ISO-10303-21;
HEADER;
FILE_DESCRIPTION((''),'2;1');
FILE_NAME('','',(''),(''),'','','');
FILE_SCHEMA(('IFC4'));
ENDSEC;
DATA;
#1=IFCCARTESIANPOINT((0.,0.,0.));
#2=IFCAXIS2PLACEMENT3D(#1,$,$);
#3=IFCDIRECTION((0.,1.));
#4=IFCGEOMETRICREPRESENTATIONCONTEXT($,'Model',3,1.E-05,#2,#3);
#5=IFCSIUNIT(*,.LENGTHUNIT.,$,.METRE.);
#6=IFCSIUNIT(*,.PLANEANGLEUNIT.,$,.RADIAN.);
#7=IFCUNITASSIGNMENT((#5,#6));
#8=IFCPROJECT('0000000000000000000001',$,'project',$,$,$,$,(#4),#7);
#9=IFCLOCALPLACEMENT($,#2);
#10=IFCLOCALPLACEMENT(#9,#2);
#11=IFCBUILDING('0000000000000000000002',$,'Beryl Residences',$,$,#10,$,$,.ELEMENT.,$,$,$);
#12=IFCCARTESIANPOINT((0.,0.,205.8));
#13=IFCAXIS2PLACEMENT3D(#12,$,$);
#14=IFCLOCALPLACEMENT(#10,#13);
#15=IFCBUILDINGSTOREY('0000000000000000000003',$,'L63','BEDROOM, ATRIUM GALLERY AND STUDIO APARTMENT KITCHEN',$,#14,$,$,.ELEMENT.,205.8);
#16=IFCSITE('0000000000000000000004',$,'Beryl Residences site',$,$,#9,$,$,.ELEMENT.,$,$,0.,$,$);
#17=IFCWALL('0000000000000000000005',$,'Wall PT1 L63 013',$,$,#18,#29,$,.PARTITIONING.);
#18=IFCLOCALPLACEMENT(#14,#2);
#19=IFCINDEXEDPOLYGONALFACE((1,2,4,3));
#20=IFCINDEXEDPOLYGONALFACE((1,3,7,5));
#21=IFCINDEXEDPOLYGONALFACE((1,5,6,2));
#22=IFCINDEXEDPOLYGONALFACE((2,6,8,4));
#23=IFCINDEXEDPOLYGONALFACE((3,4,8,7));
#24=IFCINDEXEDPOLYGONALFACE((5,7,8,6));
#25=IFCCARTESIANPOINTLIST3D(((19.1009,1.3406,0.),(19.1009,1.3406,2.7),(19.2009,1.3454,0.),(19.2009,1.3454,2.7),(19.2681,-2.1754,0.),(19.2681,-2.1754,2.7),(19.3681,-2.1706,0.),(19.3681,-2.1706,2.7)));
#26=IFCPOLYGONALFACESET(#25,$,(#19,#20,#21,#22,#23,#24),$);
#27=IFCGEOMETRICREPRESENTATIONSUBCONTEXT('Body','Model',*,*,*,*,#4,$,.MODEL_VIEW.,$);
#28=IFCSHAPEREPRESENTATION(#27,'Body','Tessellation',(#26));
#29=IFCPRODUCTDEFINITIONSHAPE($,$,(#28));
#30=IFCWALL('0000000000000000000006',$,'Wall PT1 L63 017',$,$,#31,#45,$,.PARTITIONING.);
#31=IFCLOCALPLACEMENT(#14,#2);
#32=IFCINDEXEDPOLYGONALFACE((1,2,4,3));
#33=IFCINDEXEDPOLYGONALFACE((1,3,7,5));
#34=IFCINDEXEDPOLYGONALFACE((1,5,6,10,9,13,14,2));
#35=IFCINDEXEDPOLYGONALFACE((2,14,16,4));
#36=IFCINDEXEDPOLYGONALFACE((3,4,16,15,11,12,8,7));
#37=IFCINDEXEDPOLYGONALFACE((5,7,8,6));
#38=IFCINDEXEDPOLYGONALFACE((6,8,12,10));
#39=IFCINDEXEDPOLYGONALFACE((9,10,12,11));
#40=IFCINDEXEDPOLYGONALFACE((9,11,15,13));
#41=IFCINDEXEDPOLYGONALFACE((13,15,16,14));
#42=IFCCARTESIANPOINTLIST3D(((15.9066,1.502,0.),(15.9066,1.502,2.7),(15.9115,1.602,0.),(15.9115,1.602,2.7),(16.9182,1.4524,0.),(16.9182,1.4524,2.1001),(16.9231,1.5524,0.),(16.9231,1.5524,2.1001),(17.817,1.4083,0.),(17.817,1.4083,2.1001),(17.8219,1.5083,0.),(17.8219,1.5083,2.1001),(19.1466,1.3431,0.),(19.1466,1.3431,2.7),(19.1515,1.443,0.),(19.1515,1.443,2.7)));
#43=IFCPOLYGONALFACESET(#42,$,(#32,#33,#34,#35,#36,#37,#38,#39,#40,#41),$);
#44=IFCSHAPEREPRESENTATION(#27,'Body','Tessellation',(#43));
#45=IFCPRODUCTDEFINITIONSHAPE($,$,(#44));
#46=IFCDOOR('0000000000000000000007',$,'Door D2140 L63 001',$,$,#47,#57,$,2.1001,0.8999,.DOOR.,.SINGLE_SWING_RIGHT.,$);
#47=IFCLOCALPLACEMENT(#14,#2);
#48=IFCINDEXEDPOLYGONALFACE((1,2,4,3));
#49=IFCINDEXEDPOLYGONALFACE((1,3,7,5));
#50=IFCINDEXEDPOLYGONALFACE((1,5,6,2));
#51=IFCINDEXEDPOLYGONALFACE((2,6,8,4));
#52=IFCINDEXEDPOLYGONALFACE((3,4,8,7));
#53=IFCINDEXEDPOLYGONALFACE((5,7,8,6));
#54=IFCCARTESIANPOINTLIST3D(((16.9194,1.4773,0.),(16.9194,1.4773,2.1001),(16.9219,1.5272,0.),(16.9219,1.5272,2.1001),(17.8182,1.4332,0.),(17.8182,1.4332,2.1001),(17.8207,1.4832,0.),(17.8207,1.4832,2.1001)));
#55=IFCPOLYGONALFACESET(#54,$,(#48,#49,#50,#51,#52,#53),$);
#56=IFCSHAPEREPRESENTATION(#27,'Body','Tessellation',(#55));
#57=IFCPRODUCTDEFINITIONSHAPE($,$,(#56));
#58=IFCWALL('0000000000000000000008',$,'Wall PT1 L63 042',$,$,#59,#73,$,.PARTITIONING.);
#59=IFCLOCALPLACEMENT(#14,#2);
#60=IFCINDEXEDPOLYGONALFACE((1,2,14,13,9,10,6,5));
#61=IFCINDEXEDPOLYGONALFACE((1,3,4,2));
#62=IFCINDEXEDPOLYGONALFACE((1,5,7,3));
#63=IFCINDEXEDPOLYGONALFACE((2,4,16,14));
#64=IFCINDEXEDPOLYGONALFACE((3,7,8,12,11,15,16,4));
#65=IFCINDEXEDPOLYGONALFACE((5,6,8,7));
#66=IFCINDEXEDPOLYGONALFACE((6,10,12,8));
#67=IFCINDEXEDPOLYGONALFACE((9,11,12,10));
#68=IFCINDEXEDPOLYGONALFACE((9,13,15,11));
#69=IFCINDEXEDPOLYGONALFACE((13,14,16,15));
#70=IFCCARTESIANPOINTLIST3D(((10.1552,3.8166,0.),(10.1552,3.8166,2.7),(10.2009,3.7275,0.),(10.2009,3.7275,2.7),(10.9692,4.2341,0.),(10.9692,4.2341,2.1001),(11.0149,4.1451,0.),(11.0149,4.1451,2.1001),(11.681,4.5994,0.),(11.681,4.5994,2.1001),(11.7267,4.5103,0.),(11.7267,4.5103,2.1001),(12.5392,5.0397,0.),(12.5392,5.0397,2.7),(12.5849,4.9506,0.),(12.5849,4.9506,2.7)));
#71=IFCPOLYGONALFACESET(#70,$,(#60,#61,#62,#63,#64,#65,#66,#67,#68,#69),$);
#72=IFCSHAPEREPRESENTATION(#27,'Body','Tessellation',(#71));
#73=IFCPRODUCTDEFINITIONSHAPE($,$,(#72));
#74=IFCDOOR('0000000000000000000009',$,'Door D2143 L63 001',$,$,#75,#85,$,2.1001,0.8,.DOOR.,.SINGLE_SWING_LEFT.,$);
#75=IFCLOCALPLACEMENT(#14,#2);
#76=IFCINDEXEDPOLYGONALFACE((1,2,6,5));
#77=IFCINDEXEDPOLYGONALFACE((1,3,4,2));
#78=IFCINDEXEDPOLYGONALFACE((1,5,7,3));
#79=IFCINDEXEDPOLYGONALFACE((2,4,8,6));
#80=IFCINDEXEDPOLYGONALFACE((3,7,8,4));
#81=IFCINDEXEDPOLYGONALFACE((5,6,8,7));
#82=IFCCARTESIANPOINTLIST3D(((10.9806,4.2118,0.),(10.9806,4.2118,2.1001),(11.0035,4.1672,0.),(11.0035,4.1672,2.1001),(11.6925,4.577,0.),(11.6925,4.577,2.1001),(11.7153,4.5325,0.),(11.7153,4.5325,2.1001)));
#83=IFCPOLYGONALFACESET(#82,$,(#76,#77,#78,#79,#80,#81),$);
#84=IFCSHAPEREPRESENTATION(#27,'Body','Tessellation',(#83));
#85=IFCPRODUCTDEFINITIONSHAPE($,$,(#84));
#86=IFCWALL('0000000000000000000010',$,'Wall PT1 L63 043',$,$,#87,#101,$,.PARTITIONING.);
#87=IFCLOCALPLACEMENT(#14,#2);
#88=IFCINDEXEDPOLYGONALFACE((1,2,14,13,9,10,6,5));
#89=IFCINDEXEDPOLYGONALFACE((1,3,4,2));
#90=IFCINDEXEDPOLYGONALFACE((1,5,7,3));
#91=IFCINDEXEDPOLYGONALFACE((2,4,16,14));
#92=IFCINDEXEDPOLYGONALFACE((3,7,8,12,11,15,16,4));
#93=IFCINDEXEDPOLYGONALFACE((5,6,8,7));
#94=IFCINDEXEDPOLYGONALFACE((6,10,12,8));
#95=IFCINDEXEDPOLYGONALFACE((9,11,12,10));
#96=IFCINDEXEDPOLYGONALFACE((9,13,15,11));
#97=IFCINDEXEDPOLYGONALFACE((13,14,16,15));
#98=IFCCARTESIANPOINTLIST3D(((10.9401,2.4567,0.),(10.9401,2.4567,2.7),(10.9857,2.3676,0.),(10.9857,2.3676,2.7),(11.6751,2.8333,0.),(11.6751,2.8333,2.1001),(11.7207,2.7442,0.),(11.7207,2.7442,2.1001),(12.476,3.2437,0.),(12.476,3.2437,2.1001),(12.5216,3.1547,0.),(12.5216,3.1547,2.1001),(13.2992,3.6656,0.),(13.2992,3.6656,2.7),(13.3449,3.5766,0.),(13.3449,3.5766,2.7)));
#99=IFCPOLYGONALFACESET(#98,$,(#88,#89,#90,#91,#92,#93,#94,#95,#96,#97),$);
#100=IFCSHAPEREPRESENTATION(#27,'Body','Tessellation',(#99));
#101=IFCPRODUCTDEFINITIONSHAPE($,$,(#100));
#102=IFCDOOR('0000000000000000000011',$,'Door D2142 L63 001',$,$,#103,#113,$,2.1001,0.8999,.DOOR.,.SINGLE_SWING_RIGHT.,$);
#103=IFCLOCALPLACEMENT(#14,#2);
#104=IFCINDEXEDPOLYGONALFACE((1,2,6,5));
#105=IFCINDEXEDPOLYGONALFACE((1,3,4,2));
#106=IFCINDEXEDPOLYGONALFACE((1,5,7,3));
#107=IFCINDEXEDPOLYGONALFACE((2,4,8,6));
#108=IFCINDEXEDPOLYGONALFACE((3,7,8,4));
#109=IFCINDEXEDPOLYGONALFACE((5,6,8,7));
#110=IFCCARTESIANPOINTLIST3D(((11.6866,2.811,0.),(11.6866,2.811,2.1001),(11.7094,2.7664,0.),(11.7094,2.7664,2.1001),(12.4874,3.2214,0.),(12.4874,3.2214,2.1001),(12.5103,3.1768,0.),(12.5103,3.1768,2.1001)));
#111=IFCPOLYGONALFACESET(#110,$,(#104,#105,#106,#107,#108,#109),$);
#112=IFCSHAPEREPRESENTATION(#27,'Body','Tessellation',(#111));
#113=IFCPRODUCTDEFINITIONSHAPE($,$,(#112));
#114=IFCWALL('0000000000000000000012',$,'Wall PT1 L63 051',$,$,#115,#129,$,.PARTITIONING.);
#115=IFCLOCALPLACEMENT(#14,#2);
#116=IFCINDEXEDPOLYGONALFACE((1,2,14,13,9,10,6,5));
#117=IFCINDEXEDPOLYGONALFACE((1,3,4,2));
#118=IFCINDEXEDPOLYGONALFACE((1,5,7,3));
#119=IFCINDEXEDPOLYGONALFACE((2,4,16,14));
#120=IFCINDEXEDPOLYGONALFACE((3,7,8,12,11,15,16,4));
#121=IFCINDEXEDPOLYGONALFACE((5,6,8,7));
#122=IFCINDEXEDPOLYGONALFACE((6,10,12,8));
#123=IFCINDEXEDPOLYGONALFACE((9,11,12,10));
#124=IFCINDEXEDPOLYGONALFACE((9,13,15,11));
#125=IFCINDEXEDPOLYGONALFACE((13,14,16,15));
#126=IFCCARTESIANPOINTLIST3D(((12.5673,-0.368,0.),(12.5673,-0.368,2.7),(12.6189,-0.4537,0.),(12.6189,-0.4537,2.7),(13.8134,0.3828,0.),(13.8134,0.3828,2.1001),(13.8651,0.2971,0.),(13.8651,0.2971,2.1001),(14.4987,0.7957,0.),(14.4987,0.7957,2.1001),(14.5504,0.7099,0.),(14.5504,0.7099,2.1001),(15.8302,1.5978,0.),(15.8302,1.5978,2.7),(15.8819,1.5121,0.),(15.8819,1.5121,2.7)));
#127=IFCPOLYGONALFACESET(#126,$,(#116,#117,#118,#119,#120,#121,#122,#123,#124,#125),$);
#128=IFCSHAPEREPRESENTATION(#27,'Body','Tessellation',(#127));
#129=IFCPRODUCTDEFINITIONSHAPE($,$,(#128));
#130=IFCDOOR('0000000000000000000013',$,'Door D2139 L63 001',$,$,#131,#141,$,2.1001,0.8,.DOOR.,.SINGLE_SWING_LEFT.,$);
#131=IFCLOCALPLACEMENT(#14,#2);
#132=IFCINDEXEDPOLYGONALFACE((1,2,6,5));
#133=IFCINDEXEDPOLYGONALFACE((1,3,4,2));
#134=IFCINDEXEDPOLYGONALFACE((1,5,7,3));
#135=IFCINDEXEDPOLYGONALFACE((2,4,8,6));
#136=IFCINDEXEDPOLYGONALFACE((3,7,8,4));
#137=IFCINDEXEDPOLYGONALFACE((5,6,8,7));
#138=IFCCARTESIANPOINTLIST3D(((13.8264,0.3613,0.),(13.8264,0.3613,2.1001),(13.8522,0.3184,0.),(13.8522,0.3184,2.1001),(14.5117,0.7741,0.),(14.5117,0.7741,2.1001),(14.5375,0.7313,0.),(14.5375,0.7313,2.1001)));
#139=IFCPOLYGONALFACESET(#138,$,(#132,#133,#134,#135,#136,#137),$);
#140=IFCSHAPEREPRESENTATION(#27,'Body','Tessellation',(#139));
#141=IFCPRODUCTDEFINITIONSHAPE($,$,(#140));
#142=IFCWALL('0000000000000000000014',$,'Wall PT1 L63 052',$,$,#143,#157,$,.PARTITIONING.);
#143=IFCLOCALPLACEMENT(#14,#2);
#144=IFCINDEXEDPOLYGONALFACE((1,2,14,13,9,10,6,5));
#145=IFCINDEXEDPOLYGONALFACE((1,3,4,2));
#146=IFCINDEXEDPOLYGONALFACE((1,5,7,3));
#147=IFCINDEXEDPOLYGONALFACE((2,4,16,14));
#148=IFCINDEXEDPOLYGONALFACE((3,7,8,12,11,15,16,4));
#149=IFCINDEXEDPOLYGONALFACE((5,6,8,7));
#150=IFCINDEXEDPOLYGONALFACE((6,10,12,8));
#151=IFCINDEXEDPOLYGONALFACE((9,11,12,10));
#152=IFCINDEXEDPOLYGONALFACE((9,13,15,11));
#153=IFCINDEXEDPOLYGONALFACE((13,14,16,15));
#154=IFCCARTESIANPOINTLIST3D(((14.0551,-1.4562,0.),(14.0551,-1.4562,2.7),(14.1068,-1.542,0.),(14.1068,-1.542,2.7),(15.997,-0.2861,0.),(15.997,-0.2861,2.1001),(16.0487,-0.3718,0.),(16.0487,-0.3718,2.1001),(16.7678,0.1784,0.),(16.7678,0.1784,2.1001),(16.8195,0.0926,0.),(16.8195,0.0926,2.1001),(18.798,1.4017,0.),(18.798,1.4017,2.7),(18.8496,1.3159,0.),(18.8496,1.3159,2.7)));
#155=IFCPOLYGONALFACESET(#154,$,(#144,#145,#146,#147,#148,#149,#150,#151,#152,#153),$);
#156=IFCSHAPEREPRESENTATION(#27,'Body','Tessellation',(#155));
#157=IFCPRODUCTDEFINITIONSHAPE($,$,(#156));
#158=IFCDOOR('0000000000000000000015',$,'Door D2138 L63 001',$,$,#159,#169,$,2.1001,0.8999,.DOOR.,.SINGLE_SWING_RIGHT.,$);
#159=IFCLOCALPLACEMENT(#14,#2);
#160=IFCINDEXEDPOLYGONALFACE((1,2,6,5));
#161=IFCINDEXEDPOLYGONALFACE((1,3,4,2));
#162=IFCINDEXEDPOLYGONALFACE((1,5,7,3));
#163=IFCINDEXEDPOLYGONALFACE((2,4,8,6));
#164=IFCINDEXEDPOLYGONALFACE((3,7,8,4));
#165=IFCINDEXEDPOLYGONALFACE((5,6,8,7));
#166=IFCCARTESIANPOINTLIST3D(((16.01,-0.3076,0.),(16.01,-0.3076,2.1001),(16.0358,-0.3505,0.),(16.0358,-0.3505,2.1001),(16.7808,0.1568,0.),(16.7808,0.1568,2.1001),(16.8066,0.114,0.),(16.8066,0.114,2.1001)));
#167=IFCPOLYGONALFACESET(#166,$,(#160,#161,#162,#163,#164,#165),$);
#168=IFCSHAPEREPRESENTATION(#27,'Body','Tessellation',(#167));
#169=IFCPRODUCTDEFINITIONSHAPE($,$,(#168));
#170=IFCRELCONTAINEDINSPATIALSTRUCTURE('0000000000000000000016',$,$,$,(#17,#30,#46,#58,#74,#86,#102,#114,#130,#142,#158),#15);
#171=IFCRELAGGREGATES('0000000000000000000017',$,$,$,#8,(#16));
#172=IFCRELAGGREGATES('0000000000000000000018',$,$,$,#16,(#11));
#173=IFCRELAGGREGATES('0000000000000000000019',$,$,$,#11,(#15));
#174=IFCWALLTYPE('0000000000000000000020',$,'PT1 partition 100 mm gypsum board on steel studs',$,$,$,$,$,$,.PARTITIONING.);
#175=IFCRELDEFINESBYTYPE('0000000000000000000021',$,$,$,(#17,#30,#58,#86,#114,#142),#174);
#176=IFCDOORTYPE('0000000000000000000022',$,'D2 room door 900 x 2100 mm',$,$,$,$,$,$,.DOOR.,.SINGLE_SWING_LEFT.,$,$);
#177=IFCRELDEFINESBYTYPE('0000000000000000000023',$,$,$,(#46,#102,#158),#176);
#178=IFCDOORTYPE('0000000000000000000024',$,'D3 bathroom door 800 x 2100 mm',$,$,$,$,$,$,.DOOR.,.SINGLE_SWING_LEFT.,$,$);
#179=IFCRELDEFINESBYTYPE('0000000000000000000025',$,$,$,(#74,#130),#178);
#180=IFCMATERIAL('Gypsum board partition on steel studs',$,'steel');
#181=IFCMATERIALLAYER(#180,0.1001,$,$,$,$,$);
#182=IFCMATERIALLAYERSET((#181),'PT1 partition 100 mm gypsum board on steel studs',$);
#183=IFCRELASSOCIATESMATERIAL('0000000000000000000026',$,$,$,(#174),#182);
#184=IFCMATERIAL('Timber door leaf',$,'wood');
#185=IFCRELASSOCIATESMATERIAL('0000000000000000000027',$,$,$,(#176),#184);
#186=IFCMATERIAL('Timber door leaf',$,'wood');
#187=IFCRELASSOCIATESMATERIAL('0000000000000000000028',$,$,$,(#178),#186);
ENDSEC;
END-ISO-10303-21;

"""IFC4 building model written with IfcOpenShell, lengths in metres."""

from ifc_helpers import new_model, si_unit, direction, frame, frame_2d, origin, place, context, subcontext, project, spatial, rectangle, extrude, material, layer, layer_set, type_object, element, fill, save


model = new_model("IFC4")

# Units and contexts
model_context = context("Model", 3, precision=1e-05, world=origin(), true_north=direction((0.0, 1.0)))
body_context = subcontext(model_context, "Body", "Model", "MODEL_VIEW")
ifc_project = project(units=[si_unit("LENGTHUNIT", "METRE"), si_unit("PLANEANGLEUNIT", "RADIAN")], contexts=[model_context])

# Site, building, storey
site_placement = place(None, origin())
site = spatial("IfcSite", under=ifc_project, at=site_placement, Name="Beryl Residences site", CompositionType="ELEMENT", RefElevation=0.0)
building_placement = place(site_placement, origin())
building = spatial("IfcBuilding", under=site, at=building_placement, Name="Beryl Residences", CompositionType="ELEMENT")
storey_placement = place(building_placement, frame((0.0, 0.0, 205.8)))
storey = spatial("IfcBuildingStorey", under=building, at=storey_placement, Name="L63", Description="BEDROOM, ATRIUM GALLERY AND STUDIO APARTMENT KITCHEN", CompositionType="ELEMENT", Elevation=205.8)

# Wall
ifc_material_1 = material(Name="Gypsum board partition on steel studs", Category="steel")
ifc_layer_1 = layer(ifc_material_1, 0.1001)
ifc_layer_set_1 = layer_set([ifc_layer_1], Name="PT1 partition 100 mm gypsum board on steel studs")
wall_type_1 = type_object("IfcWallType", Name="PT1 partition 100 mm gypsum board on steel studs", PredefinedType="PARTITIONING", material=ifc_layer_set_1)
wall_1_placement = place(storey_placement, frame((19.1509, 1.343, 0.0), z_axis=(0.0, 0.0, 1.0), x_axis=(0.047509, -0.998871, 0.0)))
element("IfcWall", 1, at=wall_1_placement, inside=storey, type_object=wall_type_1, Name="Wall PT1 L63 013", PredefinedType="PARTITIONING", context=body_context, shape_type="SweptSolid", body=[
    extrude(rectangle(XDim=3.52, YDim=0.1001, at=frame_2d((1.76, 0.0))), origin(), (0.0, 0.0, 1.0), 2.7),
])

# Walls, openings, doors
wall_2_placement = place(storey_placement, frame((15.9089, 1.552, 0.0), z_axis=(0.0, 0.0, 1.0), x_axis=(0.998799, -0.048995, 0.0)))
wall_2 = element("IfcWall", 2, at=wall_2_placement, inside=storey, type_object=wall_type_1, Name="Wall PT1 L63 017", PredefinedType="PARTITIONING", context=body_context, shape_type="SweptSolid", body=[
    extrude(rectangle(XDim=3.2439, YDim=0.1001, at=frame_2d((1.6221, 0.0))), origin(), (0.0, 0.0, 1.0), 2.7),
])
opening_1_placement = place(wall_2_placement, frame((1.0129, 0.0, 0.0)))
opening_1 = element("IfcOpeningElement", 3, at=opening_1_placement, cuts=wall_2, PredefinedType="OPENING", context=body_context, shape_type="SweptSolid", body=[
    extrude(rectangle(XDim=0.8999, YDim=2.1001, at=frame_2d((0.45, 1.05))), frame((0.0, 0.0601, 0.0), z_axis=(0.0, -1.0, 0.0), x_axis=(1.0, 0.0, 0.0)), (0.0, 0.0, 1.0), 0.1201),
])
ifc_material_2 = material(Name="Timber door leaf", Category="wood")
door_type_1 = type_object("IfcDoorType", Name="D2 room door 900 x 2100 mm", OperationType="SINGLE_SWING_LEFT", PredefinedType="DOOR", material=ifc_material_2)
door_1_placement = place(opening_1_placement, origin())
door_1 = element("IfcDoor", 4, at=door_1_placement, inside=storey, type_object=door_type_1, Name="Door D2140 L63 001", OperationType="SINGLE_SWING_RIGHT", OverallHeight=2.1001, OverallWidth=0.8999, PredefinedType="DOOR", context=body_context, shape_type="SweptSolid", body=[
    extrude(rectangle(XDim=0.8999, YDim=2.1001, at=frame_2d((0.45, 1.05))), frame((0.0, 0.0249, 0.0), z_axis=(0.0, -1.0, 0.0), x_axis=(1.0, 0.0, 0.0)), (0.0, 0.0, 1.0), 0.05),
])
fill(opening_1, door_1)
wall_3_placement = place(storey_placement, frame((10.178, 3.772, 0.0), z_axis=(0.0, 0.0, 1.0), x_axis=(0.889732, 0.456483, 0.0)))
wall_3 = element("IfcWall", 5, at=wall_3_placement, inside=storey, type_object=wall_type_1, Name="Wall PT1 L63 042", PredefinedType="PARTITIONING", context=body_context, shape_type="SweptSolid", body=[
    extrude(rectangle(XDim=2.6794, YDim=0.1001, at=frame_2d((1.3398, 0.0))), origin(), (0.0, 0.0, 1.0), 2.7),
])
opening_2_placement = place(wall_3_placement, frame((0.915, 0.0, 0.0)))
opening_2 = element("IfcOpeningElement", 6, at=opening_2_placement, cuts=wall_3, PredefinedType="OPENING", context=body_context, shape_type="SweptSolid", body=[
    extrude(rectangle(XDim=0.8, YDim=2.1001, at=frame_2d((0.3999, 1.05))), frame((0.0, 0.0601, 0.0), z_axis=(0.0, -1.0, 0.0), x_axis=(1.0, 0.0, 0.0)), (0.0, 0.0, 1.0), 0.1201),
])
ifc_material_3 = material(Name="Timber door leaf", Category="wood")
door_type_2 = type_object("IfcDoorType", Name="D3 bathroom door 800 x 2100 mm", OperationType="SINGLE_SWING_LEFT", PredefinedType="DOOR", material=ifc_material_3)
door_2_placement = place(opening_2_placement, origin())
door_2 = element("IfcDoor", 7, at=door_2_placement, inside=storey, type_object=door_type_2, Name="Door D2143 L63 001", OperationType="SINGLE_SWING_LEFT", OverallHeight=2.1001, OverallWidth=0.8, PredefinedType="DOOR", context=body_context, shape_type="SweptSolid", body=[
    extrude(rectangle(XDim=0.8, YDim=2.1001, at=frame_2d((0.3999, 1.05))), frame((0.0, 0.0249, 0.0), z_axis=(0.0, -1.0, 0.0), x_axis=(1.0, 0.0, 0.0)), (0.0, 0.0, 1.0), 0.05),
])
fill(opening_2, door_2)
wall_4_placement = place(storey_placement, frame((10.9629, 2.4121, 0.0), z_axis=(0.0, 0.0, 1.0), x_axis=(0.889944, 0.45607, 0.0)))
wall_4 = element("IfcWall", 8, at=wall_4_placement, inside=storey, type_object=wall_type_1, Name="Wall PT1 L63 043", PredefinedType="PARTITIONING", context=body_context, shape_type="SweptSolid", body=[
    extrude(rectangle(XDim=2.6509, YDim=0.1001, at=frame_2d((1.3254, 0.0))), origin(), (0.0, 0.0, 1.0), 2.7),
])
opening_3_placement = place(wall_4_placement, frame((0.8259, 0.0, 0.0)))
opening_3 = element("IfcOpeningElement", 9, at=opening_3_placement, cuts=wall_4, PredefinedType="OPENING", context=body_context, shape_type="SweptSolid", body=[
    extrude(rectangle(XDim=0.8999, YDim=2.1001, at=frame_2d((0.45, 1.05))), frame((0.0, 0.0601, 0.0), z_axis=(0.0, -1.0, 0.0), x_axis=(1.0, 0.0, 0.0)), (0.0, 0.0, 1.0), 0.1201),
])
door_3_placement = place(opening_3_placement, origin())
door_3 = element("IfcDoor", 10, at=door_3_placement, inside=storey, type_object=door_type_1, Name="Door D2142 L63 001", OperationType="SINGLE_SWING_RIGHT", OverallHeight=2.1001, OverallWidth=0.8999, PredefinedType="DOOR", context=body_context, shape_type="SweptSolid", body=[
    extrude(rectangle(XDim=0.8999, YDim=2.1001, at=frame_2d((0.45, 1.05))), frame((0.0, 0.0249, 0.0), z_axis=(0.0, -1.0, 0.0), x_axis=(1.0, 0.0, 0.0)), (0.0, 0.0, 1.0), 0.05),
])
fill(opening_3, door_3)
wall_5_placement = place(storey_placement, frame((12.593, -0.4109, 0.0), z_axis=(0.0, 0.0, 1.0), x_axis=(0.856558, 0.51605, 0.0)))
wall_5 = element("IfcWall", 11, at=wall_5_placement, inside=storey, type_object=wall_type_1, Name="Wall PT1 L63 051", PredefinedType="PARTITIONING", context=body_context, shape_type="SweptSolid", body=[
    extrude(rectangle(XDim=3.8093, YDim=0.1001, at=frame_2d((1.9048, 0.0))), origin(), (0.0, 0.0, 1.0), 2.7),
])
opening_4_placement = place(wall_5_placement, frame((1.4551, 0.0, 0.0)))
opening_4 = element("IfcOpeningElement", 12, at=opening_4_placement, cuts=wall_5, PredefinedType="OPENING", context=body_context, shape_type="SweptSolid", body=[
    extrude(rectangle(XDim=0.8, YDim=2.1001, at=frame_2d((0.3999, 1.05))), frame((0.0, 0.0601, 0.0), z_axis=(0.0, -1.0, 0.0), x_axis=(1.0, 0.0, 0.0)), (0.0, 0.0, 1.0), 0.1201),
])
door_4_placement = place(opening_4_placement, origin())
door_4 = element("IfcDoor", 13, at=door_4_placement, inside=storey, type_object=door_type_2, Name="Door D2139 L63 001", OperationType="SINGLE_SWING_LEFT", OverallHeight=2.1001, OverallWidth=0.8, PredefinedType="DOOR", context=body_context, shape_type="SweptSolid", body=[
    extrude(rectangle(XDim=0.8, YDim=2.1001, at=frame_2d((0.3999, 1.05))), frame((0.0, 0.0249, 0.0), z_axis=(0.0, -1.0, 0.0), x_axis=(1.0, 0.0, 0.0)), (0.0, 0.0, 1.0), 0.05),
])
fill(opening_4, door_4)
wall_6_placement = place(storey_placement, frame((14.0811, -1.499, 0.0), z_axis=(0.0, 0.0, 1.0), x_axis=(0.856523, 0.516109, 0.0)))
wall_6 = element("IfcWall", 14, at=wall_6_placement, inside=storey, type_object=wall_type_1, Name="Wall PT1 L63 052", PredefinedType="PARTITIONING", context=body_context, shape_type="SweptSolid", body=[
    extrude(rectangle(XDim=5.5374, YDim=0.1001, at=frame_2d((2.7686, 0.0))), origin(), (0.0, 0.0, 1.0), 2.7),
])
opening_5_placement = place(wall_6_placement, frame((2.2671, 0.0, 0.0)))
opening_5 = element("IfcOpeningElement", 15, at=opening_5_placement, cuts=wall_6, PredefinedType="OPENING", context=body_context, shape_type="SweptSolid", body=[
    extrude(rectangle(XDim=0.8999, YDim=2.1001, at=frame_2d((0.45, 1.05))), frame((0.0, 0.0601, 0.0), z_axis=(0.0, -1.0, 0.0), x_axis=(1.0, 0.0, 0.0)), (0.0, 0.0, 1.0), 0.1201),
])
door_5_placement = place(opening_5_placement, origin())
door_5 = element("IfcDoor", 16, at=door_5_placement, inside=storey, type_object=door_type_1, Name="Door D2138 L63 001", OperationType="SINGLE_SWING_RIGHT", OverallHeight=2.1001, OverallWidth=0.8999, PredefinedType="DOOR", context=body_context, shape_type="SweptSolid", body=[
    extrude(rectangle(XDim=0.8999, YDim=2.1001, at=frame_2d((0.45, 1.05))), frame((0.0, 0.0249, 0.0), z_axis=(0.0, -1.0, 0.0), x_axis=(1.0, 0.0, 0.0)), (0.0, 0.0, 1.0), 0.05),
])
fill(opening_5, door_5)

save(model, "model.ifc")
